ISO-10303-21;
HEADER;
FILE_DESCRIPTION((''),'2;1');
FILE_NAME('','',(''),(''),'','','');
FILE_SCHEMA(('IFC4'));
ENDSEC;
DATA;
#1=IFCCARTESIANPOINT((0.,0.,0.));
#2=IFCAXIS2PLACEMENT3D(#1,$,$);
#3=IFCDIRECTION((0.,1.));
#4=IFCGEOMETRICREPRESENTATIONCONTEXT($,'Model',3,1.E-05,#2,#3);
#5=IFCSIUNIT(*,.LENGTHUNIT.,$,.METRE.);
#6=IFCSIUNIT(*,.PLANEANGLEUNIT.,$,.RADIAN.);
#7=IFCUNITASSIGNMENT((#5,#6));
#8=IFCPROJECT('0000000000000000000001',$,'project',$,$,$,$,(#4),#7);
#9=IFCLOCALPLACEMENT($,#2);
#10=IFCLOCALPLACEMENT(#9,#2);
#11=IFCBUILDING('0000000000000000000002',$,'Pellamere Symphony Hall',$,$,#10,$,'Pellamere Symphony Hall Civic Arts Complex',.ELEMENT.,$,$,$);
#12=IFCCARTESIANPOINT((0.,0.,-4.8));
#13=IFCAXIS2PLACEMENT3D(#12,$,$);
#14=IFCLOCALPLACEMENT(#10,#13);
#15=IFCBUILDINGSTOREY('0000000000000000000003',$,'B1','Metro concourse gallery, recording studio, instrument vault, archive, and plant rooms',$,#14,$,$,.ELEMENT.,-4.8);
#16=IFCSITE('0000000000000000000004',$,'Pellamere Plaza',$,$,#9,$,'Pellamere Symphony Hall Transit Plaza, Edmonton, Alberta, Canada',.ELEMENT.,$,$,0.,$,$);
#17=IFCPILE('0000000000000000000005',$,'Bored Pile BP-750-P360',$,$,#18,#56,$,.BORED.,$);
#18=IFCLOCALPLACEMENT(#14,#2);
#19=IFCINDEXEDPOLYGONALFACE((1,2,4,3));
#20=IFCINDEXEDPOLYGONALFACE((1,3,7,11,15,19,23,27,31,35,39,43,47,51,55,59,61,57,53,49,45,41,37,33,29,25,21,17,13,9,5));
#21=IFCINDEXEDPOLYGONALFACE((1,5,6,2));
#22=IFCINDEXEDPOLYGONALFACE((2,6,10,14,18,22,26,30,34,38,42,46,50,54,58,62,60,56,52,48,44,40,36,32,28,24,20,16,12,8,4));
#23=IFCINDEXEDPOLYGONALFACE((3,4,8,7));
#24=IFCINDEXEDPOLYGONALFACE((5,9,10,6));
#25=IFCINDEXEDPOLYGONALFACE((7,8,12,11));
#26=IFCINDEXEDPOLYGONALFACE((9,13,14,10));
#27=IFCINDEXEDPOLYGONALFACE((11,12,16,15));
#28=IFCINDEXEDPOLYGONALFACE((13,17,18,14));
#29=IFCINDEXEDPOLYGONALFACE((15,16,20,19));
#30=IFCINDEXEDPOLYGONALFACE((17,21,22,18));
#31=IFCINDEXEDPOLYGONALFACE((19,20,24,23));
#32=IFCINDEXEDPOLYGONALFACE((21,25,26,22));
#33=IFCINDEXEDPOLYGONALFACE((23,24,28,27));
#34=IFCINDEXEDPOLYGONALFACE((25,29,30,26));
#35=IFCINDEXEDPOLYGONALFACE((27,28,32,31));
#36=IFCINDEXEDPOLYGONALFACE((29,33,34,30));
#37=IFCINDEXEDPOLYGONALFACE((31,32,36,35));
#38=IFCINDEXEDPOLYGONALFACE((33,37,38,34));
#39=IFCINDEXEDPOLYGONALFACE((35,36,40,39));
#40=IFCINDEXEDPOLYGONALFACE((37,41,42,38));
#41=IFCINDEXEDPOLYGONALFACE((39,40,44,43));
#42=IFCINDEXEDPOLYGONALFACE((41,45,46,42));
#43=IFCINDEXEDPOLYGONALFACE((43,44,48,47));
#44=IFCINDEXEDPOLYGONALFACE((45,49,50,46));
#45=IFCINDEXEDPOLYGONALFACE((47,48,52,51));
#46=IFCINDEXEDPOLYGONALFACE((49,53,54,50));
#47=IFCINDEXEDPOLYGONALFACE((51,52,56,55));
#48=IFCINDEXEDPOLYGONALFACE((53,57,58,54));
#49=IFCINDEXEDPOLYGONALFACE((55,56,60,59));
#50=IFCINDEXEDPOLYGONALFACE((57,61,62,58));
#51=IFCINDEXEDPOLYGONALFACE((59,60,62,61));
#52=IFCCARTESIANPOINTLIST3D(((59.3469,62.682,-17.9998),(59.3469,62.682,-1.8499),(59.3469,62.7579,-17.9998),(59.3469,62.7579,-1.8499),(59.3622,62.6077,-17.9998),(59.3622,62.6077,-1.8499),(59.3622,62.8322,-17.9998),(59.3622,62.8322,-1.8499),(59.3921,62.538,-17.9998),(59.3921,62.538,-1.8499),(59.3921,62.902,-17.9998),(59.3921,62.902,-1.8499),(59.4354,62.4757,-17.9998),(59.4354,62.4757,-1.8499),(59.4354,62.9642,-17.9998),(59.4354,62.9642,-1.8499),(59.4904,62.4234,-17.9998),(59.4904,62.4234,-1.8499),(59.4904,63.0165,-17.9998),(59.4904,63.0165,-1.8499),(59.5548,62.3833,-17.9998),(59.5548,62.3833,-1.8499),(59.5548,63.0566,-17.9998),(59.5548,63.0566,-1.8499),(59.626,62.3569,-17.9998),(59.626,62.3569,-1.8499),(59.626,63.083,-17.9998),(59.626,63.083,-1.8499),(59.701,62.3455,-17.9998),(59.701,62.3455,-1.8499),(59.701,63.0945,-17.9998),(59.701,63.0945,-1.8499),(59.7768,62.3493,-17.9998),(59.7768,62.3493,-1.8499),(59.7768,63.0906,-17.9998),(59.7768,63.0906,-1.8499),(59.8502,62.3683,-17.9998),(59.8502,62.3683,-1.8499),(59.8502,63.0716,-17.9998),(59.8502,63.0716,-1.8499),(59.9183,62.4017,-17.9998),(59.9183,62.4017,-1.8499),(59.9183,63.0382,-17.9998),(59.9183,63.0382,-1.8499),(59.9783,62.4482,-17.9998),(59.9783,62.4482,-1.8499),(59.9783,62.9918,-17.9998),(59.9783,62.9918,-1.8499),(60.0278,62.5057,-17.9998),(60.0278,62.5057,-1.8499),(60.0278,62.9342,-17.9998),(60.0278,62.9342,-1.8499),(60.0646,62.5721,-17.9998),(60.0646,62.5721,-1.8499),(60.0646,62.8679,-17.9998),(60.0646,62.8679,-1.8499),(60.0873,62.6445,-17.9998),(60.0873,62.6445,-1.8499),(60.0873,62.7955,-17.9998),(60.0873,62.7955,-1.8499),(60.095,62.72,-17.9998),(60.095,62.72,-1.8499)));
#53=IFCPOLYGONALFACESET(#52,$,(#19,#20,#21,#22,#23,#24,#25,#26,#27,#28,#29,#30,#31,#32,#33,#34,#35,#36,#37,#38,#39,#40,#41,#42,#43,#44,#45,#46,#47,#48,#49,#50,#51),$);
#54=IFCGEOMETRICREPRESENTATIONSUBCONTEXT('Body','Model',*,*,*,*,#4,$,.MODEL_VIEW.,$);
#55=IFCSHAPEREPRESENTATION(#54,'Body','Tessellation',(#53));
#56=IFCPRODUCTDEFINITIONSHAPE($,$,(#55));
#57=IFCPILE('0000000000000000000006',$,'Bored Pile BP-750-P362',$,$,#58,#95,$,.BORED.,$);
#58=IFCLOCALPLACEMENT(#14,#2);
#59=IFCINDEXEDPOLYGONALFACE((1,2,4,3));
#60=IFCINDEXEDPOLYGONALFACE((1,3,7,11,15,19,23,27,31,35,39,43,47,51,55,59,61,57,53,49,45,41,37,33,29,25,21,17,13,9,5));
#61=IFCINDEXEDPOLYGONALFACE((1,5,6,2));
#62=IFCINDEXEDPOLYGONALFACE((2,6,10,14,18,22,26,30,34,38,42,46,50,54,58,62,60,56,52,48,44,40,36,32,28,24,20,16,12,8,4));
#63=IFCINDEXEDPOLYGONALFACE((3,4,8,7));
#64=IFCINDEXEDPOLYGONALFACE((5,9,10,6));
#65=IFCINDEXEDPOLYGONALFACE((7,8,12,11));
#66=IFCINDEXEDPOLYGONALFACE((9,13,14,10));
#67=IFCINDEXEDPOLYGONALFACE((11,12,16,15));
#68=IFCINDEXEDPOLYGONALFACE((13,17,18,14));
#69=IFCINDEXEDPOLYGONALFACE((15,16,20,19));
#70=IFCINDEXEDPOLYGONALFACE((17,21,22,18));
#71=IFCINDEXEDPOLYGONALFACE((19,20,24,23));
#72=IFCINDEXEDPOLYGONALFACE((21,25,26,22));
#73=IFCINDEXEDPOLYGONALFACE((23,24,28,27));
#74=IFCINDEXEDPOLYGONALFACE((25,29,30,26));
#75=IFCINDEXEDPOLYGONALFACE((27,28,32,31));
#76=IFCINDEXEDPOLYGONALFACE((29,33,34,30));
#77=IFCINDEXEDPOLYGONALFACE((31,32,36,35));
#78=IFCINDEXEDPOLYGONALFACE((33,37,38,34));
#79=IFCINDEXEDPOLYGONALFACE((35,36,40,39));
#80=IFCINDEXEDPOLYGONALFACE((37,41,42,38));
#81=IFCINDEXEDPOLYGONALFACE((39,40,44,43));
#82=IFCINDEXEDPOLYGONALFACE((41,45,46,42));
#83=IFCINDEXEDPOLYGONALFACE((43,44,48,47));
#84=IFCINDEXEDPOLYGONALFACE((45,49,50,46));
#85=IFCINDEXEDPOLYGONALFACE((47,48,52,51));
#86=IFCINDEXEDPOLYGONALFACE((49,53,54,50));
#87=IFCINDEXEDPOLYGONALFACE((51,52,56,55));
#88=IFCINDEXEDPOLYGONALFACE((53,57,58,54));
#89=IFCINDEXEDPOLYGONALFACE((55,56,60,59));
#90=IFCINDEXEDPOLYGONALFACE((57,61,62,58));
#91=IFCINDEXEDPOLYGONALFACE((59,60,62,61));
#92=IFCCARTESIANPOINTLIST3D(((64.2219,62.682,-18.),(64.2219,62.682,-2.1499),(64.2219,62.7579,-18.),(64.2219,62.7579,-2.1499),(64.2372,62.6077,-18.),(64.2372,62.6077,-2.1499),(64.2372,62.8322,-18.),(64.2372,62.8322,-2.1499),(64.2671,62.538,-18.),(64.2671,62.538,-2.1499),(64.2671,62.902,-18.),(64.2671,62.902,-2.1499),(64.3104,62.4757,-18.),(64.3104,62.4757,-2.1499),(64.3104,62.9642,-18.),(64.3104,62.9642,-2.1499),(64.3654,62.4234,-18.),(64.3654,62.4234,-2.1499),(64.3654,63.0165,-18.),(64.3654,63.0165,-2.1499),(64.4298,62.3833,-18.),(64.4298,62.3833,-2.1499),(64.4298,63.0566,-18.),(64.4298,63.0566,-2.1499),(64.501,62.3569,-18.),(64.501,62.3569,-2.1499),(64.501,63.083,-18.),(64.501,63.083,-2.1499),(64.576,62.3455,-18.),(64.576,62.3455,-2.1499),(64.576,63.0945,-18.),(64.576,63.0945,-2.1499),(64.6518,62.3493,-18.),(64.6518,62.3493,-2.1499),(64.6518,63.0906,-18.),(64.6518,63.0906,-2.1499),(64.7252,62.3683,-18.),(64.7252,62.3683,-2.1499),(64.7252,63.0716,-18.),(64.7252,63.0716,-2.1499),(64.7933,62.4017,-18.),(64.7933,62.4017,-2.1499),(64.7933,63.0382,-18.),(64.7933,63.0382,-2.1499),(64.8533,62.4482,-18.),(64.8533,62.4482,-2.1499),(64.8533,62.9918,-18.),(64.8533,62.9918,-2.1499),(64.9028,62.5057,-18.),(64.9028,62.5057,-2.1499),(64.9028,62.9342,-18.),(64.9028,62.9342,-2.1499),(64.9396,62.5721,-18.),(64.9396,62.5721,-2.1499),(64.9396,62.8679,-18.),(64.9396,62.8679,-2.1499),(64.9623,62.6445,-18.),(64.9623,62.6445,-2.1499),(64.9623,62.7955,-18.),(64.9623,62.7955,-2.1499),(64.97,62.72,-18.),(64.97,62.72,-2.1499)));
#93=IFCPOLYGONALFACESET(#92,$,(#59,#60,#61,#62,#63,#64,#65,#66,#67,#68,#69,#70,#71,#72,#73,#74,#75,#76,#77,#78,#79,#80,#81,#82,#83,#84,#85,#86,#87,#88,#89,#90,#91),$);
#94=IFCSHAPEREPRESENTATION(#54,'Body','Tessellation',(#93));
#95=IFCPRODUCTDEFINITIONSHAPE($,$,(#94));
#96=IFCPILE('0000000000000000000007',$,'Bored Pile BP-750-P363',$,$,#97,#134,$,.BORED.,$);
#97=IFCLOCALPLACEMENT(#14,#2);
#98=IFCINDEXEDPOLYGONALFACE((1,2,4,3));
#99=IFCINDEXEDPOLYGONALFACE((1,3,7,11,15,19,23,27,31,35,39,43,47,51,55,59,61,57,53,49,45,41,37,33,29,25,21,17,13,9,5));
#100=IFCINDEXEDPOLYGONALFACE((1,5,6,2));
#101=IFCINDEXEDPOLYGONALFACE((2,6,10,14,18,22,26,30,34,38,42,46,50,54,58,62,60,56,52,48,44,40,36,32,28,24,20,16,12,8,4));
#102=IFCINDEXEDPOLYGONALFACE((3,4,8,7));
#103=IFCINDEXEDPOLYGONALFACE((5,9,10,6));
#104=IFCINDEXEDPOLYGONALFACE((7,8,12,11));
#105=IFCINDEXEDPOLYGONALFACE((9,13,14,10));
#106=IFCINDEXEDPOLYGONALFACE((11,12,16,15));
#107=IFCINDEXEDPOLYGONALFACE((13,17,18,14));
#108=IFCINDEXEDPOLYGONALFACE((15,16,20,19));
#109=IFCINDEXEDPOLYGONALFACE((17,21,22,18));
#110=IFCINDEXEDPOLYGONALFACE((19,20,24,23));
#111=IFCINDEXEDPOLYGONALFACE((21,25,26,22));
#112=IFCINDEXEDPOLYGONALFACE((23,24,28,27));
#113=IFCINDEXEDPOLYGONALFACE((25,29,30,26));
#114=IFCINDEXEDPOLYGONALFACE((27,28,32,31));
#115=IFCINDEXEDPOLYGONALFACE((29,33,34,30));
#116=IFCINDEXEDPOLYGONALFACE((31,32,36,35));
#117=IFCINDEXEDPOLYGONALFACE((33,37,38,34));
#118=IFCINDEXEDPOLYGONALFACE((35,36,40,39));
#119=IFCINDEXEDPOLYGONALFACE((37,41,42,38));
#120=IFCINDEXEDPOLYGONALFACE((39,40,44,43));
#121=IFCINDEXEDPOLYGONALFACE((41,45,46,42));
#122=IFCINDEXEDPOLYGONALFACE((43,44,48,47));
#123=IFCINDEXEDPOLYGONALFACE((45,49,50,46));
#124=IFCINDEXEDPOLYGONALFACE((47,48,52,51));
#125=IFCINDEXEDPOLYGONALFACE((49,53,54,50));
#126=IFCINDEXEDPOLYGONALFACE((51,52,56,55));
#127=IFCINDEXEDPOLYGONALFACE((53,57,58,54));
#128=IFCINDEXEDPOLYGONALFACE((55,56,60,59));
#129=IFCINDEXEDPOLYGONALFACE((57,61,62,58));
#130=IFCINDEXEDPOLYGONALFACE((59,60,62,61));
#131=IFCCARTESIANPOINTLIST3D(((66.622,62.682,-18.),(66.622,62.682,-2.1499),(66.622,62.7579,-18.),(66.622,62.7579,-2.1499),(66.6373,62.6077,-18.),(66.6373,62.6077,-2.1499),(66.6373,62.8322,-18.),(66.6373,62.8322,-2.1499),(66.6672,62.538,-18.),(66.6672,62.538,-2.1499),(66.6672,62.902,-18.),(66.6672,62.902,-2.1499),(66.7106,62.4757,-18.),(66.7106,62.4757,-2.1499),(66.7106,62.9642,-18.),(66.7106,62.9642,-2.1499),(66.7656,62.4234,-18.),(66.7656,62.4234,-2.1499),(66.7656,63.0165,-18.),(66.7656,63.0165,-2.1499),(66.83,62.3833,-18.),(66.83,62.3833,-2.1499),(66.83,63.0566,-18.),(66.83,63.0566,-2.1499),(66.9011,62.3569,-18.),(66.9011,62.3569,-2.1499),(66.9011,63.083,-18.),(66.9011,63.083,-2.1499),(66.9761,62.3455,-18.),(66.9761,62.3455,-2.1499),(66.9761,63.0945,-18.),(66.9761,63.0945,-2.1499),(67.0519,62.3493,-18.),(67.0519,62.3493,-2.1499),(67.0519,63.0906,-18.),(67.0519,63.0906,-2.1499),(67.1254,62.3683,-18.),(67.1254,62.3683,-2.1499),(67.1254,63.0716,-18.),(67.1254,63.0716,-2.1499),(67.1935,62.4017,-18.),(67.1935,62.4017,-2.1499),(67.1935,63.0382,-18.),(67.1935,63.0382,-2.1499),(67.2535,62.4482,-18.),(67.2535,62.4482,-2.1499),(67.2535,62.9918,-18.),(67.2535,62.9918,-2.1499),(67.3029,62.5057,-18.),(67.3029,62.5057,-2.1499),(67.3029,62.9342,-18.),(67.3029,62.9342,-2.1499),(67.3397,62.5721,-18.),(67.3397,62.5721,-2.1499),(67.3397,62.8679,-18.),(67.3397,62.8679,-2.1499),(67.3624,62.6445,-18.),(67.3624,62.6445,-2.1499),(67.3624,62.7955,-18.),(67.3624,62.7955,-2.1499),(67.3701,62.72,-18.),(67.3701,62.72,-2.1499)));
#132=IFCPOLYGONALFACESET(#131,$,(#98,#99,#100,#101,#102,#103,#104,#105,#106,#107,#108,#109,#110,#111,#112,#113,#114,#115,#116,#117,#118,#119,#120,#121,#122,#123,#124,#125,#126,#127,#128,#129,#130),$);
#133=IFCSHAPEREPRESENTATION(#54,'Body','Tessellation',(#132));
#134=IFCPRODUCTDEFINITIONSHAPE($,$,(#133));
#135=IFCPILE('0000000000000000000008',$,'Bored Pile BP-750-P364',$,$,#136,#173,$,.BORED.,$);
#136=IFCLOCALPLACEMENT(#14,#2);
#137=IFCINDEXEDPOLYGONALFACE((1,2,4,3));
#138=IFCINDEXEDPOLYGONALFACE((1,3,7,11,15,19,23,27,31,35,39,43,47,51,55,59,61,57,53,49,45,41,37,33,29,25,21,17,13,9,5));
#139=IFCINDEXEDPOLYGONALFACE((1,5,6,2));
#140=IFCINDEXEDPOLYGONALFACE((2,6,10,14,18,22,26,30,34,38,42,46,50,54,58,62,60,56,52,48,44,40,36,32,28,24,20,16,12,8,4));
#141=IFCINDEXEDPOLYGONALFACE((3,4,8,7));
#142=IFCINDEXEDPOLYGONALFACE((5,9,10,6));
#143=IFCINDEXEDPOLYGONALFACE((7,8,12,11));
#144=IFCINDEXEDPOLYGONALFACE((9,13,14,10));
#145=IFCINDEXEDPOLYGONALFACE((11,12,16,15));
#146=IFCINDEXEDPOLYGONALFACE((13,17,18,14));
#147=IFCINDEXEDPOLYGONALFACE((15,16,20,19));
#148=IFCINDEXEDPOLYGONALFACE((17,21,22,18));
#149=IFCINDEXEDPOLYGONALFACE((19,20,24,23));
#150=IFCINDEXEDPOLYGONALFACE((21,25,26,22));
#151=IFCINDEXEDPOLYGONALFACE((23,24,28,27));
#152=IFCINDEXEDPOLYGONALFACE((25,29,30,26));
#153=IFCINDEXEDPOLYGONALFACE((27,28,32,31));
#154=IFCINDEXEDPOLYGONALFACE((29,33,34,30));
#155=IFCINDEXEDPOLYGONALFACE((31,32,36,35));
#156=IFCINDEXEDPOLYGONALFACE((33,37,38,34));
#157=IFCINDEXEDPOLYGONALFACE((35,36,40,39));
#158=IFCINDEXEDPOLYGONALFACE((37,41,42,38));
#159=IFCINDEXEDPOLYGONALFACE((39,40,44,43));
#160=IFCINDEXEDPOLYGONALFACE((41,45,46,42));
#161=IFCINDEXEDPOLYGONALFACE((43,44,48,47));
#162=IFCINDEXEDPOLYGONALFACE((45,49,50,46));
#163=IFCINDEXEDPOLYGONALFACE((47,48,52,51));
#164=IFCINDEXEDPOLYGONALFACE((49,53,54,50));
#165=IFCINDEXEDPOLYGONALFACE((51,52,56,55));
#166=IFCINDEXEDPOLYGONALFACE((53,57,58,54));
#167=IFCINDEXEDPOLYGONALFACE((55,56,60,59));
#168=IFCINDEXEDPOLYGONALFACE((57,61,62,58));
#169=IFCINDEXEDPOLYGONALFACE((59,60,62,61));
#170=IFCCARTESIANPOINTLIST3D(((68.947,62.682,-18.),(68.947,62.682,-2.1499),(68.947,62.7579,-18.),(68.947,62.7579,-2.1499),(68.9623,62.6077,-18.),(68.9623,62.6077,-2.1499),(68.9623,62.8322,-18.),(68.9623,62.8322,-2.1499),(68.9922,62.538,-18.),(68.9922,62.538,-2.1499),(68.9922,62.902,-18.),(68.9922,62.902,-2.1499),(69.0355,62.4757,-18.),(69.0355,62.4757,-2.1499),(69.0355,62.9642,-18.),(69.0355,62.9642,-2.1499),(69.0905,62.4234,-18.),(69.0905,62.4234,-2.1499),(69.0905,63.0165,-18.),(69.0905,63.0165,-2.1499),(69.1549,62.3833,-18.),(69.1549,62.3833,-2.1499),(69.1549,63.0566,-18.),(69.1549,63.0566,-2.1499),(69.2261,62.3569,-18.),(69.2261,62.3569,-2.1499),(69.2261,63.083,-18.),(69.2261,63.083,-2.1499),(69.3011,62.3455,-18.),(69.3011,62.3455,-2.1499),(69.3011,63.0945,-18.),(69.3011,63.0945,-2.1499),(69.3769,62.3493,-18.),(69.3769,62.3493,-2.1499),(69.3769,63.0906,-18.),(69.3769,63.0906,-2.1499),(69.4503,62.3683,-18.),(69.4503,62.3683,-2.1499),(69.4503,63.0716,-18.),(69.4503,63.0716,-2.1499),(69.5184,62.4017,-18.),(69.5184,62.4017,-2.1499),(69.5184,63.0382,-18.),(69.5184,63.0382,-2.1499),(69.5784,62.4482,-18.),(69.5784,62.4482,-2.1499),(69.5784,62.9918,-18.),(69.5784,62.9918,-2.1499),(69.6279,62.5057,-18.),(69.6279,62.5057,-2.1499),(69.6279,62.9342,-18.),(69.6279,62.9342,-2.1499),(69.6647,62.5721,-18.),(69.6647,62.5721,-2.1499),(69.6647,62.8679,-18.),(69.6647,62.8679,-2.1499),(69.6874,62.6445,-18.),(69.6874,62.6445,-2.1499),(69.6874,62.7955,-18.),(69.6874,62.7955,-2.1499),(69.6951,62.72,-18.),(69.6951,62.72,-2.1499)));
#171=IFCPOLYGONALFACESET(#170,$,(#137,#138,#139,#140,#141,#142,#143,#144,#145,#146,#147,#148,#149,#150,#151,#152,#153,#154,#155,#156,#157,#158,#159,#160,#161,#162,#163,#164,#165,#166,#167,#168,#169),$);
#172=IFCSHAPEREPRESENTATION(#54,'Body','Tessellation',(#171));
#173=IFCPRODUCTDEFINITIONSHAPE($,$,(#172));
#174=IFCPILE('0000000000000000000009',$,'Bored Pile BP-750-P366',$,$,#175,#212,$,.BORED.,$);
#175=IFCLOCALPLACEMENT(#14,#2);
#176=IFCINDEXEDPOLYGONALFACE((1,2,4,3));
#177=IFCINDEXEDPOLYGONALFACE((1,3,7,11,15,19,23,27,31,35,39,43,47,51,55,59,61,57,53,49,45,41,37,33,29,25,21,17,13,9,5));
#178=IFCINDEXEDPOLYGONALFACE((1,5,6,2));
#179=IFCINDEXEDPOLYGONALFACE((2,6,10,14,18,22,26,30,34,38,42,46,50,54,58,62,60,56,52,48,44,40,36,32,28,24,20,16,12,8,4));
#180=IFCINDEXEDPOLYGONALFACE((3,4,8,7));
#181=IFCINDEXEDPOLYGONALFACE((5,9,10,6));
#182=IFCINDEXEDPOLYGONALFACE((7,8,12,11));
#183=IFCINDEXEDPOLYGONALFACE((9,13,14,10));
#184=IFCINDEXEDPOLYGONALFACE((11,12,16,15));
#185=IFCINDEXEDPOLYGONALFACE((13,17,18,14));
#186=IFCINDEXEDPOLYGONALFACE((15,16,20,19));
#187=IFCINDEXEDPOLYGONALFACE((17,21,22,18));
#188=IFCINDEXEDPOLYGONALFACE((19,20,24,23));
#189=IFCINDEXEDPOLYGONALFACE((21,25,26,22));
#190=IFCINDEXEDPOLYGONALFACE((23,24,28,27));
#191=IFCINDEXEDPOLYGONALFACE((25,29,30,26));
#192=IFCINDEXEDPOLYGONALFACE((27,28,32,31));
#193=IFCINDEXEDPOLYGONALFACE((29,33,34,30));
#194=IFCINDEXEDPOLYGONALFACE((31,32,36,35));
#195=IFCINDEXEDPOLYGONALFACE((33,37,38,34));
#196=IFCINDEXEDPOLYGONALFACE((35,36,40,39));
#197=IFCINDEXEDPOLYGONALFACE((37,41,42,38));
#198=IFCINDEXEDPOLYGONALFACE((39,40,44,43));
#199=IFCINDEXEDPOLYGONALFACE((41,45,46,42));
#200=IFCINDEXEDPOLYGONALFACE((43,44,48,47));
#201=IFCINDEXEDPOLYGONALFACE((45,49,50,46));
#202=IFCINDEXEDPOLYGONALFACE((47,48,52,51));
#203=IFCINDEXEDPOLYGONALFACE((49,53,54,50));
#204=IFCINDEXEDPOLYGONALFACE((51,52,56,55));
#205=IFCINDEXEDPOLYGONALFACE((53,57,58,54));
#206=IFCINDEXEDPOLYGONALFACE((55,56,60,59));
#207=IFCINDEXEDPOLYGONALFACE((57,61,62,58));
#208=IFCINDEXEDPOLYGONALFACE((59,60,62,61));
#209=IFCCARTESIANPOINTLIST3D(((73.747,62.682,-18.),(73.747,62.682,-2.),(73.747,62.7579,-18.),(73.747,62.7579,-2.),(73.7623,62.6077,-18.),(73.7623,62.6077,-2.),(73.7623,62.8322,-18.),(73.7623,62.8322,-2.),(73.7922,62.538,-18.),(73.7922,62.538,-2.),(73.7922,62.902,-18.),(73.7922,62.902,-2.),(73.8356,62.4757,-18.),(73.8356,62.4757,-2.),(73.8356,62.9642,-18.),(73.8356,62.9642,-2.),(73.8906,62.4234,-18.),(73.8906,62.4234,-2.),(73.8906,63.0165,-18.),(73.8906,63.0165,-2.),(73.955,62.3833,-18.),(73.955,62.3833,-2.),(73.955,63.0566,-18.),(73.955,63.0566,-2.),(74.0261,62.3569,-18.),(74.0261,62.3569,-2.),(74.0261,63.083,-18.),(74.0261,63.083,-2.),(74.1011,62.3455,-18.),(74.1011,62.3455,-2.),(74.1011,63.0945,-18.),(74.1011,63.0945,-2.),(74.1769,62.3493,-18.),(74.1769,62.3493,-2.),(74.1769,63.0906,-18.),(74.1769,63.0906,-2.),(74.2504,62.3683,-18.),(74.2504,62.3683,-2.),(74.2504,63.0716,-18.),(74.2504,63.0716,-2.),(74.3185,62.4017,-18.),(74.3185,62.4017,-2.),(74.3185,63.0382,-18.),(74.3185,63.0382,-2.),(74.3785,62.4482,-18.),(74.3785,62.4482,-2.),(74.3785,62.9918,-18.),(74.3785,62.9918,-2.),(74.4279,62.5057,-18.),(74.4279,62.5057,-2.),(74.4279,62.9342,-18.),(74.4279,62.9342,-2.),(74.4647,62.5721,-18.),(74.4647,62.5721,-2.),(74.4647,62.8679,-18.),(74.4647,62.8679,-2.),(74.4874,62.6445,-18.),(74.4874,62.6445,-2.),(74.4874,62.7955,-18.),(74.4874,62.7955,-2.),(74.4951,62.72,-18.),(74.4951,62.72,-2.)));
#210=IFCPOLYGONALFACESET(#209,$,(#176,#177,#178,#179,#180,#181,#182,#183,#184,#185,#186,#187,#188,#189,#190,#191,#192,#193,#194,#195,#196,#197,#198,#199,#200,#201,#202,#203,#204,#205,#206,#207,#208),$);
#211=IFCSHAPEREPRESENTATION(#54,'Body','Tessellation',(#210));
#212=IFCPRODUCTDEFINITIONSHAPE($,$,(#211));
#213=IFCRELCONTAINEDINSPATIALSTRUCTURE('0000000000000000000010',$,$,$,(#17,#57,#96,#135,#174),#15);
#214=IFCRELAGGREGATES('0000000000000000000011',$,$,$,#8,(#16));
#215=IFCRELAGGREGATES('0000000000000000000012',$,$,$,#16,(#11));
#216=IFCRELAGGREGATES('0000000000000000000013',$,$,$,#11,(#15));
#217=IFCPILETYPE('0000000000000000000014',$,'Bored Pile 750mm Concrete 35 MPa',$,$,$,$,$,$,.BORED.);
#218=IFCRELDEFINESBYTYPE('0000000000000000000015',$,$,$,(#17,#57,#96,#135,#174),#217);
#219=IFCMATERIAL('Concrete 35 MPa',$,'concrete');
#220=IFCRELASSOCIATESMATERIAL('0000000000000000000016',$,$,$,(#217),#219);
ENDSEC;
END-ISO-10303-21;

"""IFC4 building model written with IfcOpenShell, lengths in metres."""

from ifc_helpers import new_model, si_unit, direction, frame, origin, origin_2d, place, context, subcontext, project, spatial, circle, extrude, material, material_profile, profile_set, type_object, element, save


model = new_model("IFC4")

# Units and contexts
model_context = context("Model", 3, precision=1e-05, world=origin(), true_north=direction((0.0, 1.0)))
body_context = subcontext(model_context, "Body", "Model", "MODEL_VIEW")
ifc_project = project(units=[si_unit("LENGTHUNIT", "METRE"), si_unit("PLANEANGLEUNIT", "RADIAN")], contexts=[model_context])

# Site, building, storey
site_placement = place(None, origin())
site = spatial("IfcSite", under=ifc_project, at=site_placement, Name="Pellamere Plaza", LongName="Pellamere Symphony Hall Transit Plaza, Edmonton, Alberta, Canada", CompositionType="ELEMENT", RefElevation=0.0)
building_placement = place(site_placement, origin())
building = spatial("IfcBuilding", under=site, at=building_placement, Name="Pellamere Symphony Hall", LongName="Pellamere Symphony Hall Civic Arts Complex", CompositionType="ELEMENT")
storey_placement = place(building_placement, frame((0.0, 0.0, -4.8)))
storey = spatial("IfcBuildingStorey", under=building, at=storey_placement, Name="B1", Description="Metro concourse gallery, recording studio, instrument vault, archive, and plant rooms", CompositionType="ELEMENT", Elevation=-4.8)

# Piles
ifc_material_1 = material(Name="Concrete 35 MPa", Category="concrete")
ifc_material_profile_1 = material_profile(ifc_material_1, circle(Radius=0.375, at=origin_2d()), Name="PILE D750")
ifc_profile_set_1 = profile_set([ifc_material_profile_1], Name="Concrete 35 MPa")
pile_type = type_object("IfcPileType", Name="Bored Pile 750mm Concrete 35 MPa", PredefinedType="BORED", material=ifc_profile_set_1)
pile_1_placement = place(storey_placement, frame((59.72, 62.72, -1.8499), z_axis=(0.0, 0.0, -1.0), x_axis=(1.0, 0.0, 0.0)))
element("IfcPile", 1, at=pile_1_placement, inside=storey, type_object=pile_type, Name="Bored Pile BP-750-P360", PredefinedType="BORED", context=body_context, shape_type="SweptSolid", body=[
    extrude(circle(Radius=0.375, at=origin_2d()), origin(), (0.0, 0.0, 1.0), 16.1499),
])
for number, where, z_axis, x_axis, name in (
    (2, (64.595, 62.72, -2.1499), (0.0, 0.0, -1.0), (1.0, 0.0, 0.0), "Bored Pile BP-750-P362"),
    (3, (66.9951, 62.72, -2.1499), (0.0, 0.0, -1.0), (1.0, 0.0, 0.0), "Bored Pile BP-750-P363"),
    (4, (69.3201, 62.72, -2.1499), (0.0, 0.0, -1.0), (1.0, 0.0, 0.0), "Bored Pile BP-750-P364"),
):
    element("IfcPile", number, at=place(storey_placement, frame(where, z_axis=z_axis, x_axis=x_axis)), inside=storey, type_object=pile_type, Name=name, PredefinedType="BORED", context=body_context, shape_type="SweptSolid", body=[
        extrude(circle(Radius=0.375, at=origin_2d()), origin(), (0.0, 0.0, 1.0), 15.8501),
    ])
for number, where, z_axis, x_axis, name in (
    (5, (74.1201, 62.72, -2.0), (0.0, 0.0, -1.0), (1.0, 0.0, 0.0), "Bored Pile BP-750-P366"),
):
    element("IfcPile", number, at=place(storey_placement, frame(where, z_axis=z_axis, x_axis=x_axis)), inside=storey, type_object=pile_type, Name=name, PredefinedType="BORED", context=body_context, shape_type="SweptSolid", body=[
        extrude(circle(Radius=0.375, at=origin_2d()), origin(), (0.0, 0.0, 1.0), 16.0),
    ])

save(model, "model.ifc")
